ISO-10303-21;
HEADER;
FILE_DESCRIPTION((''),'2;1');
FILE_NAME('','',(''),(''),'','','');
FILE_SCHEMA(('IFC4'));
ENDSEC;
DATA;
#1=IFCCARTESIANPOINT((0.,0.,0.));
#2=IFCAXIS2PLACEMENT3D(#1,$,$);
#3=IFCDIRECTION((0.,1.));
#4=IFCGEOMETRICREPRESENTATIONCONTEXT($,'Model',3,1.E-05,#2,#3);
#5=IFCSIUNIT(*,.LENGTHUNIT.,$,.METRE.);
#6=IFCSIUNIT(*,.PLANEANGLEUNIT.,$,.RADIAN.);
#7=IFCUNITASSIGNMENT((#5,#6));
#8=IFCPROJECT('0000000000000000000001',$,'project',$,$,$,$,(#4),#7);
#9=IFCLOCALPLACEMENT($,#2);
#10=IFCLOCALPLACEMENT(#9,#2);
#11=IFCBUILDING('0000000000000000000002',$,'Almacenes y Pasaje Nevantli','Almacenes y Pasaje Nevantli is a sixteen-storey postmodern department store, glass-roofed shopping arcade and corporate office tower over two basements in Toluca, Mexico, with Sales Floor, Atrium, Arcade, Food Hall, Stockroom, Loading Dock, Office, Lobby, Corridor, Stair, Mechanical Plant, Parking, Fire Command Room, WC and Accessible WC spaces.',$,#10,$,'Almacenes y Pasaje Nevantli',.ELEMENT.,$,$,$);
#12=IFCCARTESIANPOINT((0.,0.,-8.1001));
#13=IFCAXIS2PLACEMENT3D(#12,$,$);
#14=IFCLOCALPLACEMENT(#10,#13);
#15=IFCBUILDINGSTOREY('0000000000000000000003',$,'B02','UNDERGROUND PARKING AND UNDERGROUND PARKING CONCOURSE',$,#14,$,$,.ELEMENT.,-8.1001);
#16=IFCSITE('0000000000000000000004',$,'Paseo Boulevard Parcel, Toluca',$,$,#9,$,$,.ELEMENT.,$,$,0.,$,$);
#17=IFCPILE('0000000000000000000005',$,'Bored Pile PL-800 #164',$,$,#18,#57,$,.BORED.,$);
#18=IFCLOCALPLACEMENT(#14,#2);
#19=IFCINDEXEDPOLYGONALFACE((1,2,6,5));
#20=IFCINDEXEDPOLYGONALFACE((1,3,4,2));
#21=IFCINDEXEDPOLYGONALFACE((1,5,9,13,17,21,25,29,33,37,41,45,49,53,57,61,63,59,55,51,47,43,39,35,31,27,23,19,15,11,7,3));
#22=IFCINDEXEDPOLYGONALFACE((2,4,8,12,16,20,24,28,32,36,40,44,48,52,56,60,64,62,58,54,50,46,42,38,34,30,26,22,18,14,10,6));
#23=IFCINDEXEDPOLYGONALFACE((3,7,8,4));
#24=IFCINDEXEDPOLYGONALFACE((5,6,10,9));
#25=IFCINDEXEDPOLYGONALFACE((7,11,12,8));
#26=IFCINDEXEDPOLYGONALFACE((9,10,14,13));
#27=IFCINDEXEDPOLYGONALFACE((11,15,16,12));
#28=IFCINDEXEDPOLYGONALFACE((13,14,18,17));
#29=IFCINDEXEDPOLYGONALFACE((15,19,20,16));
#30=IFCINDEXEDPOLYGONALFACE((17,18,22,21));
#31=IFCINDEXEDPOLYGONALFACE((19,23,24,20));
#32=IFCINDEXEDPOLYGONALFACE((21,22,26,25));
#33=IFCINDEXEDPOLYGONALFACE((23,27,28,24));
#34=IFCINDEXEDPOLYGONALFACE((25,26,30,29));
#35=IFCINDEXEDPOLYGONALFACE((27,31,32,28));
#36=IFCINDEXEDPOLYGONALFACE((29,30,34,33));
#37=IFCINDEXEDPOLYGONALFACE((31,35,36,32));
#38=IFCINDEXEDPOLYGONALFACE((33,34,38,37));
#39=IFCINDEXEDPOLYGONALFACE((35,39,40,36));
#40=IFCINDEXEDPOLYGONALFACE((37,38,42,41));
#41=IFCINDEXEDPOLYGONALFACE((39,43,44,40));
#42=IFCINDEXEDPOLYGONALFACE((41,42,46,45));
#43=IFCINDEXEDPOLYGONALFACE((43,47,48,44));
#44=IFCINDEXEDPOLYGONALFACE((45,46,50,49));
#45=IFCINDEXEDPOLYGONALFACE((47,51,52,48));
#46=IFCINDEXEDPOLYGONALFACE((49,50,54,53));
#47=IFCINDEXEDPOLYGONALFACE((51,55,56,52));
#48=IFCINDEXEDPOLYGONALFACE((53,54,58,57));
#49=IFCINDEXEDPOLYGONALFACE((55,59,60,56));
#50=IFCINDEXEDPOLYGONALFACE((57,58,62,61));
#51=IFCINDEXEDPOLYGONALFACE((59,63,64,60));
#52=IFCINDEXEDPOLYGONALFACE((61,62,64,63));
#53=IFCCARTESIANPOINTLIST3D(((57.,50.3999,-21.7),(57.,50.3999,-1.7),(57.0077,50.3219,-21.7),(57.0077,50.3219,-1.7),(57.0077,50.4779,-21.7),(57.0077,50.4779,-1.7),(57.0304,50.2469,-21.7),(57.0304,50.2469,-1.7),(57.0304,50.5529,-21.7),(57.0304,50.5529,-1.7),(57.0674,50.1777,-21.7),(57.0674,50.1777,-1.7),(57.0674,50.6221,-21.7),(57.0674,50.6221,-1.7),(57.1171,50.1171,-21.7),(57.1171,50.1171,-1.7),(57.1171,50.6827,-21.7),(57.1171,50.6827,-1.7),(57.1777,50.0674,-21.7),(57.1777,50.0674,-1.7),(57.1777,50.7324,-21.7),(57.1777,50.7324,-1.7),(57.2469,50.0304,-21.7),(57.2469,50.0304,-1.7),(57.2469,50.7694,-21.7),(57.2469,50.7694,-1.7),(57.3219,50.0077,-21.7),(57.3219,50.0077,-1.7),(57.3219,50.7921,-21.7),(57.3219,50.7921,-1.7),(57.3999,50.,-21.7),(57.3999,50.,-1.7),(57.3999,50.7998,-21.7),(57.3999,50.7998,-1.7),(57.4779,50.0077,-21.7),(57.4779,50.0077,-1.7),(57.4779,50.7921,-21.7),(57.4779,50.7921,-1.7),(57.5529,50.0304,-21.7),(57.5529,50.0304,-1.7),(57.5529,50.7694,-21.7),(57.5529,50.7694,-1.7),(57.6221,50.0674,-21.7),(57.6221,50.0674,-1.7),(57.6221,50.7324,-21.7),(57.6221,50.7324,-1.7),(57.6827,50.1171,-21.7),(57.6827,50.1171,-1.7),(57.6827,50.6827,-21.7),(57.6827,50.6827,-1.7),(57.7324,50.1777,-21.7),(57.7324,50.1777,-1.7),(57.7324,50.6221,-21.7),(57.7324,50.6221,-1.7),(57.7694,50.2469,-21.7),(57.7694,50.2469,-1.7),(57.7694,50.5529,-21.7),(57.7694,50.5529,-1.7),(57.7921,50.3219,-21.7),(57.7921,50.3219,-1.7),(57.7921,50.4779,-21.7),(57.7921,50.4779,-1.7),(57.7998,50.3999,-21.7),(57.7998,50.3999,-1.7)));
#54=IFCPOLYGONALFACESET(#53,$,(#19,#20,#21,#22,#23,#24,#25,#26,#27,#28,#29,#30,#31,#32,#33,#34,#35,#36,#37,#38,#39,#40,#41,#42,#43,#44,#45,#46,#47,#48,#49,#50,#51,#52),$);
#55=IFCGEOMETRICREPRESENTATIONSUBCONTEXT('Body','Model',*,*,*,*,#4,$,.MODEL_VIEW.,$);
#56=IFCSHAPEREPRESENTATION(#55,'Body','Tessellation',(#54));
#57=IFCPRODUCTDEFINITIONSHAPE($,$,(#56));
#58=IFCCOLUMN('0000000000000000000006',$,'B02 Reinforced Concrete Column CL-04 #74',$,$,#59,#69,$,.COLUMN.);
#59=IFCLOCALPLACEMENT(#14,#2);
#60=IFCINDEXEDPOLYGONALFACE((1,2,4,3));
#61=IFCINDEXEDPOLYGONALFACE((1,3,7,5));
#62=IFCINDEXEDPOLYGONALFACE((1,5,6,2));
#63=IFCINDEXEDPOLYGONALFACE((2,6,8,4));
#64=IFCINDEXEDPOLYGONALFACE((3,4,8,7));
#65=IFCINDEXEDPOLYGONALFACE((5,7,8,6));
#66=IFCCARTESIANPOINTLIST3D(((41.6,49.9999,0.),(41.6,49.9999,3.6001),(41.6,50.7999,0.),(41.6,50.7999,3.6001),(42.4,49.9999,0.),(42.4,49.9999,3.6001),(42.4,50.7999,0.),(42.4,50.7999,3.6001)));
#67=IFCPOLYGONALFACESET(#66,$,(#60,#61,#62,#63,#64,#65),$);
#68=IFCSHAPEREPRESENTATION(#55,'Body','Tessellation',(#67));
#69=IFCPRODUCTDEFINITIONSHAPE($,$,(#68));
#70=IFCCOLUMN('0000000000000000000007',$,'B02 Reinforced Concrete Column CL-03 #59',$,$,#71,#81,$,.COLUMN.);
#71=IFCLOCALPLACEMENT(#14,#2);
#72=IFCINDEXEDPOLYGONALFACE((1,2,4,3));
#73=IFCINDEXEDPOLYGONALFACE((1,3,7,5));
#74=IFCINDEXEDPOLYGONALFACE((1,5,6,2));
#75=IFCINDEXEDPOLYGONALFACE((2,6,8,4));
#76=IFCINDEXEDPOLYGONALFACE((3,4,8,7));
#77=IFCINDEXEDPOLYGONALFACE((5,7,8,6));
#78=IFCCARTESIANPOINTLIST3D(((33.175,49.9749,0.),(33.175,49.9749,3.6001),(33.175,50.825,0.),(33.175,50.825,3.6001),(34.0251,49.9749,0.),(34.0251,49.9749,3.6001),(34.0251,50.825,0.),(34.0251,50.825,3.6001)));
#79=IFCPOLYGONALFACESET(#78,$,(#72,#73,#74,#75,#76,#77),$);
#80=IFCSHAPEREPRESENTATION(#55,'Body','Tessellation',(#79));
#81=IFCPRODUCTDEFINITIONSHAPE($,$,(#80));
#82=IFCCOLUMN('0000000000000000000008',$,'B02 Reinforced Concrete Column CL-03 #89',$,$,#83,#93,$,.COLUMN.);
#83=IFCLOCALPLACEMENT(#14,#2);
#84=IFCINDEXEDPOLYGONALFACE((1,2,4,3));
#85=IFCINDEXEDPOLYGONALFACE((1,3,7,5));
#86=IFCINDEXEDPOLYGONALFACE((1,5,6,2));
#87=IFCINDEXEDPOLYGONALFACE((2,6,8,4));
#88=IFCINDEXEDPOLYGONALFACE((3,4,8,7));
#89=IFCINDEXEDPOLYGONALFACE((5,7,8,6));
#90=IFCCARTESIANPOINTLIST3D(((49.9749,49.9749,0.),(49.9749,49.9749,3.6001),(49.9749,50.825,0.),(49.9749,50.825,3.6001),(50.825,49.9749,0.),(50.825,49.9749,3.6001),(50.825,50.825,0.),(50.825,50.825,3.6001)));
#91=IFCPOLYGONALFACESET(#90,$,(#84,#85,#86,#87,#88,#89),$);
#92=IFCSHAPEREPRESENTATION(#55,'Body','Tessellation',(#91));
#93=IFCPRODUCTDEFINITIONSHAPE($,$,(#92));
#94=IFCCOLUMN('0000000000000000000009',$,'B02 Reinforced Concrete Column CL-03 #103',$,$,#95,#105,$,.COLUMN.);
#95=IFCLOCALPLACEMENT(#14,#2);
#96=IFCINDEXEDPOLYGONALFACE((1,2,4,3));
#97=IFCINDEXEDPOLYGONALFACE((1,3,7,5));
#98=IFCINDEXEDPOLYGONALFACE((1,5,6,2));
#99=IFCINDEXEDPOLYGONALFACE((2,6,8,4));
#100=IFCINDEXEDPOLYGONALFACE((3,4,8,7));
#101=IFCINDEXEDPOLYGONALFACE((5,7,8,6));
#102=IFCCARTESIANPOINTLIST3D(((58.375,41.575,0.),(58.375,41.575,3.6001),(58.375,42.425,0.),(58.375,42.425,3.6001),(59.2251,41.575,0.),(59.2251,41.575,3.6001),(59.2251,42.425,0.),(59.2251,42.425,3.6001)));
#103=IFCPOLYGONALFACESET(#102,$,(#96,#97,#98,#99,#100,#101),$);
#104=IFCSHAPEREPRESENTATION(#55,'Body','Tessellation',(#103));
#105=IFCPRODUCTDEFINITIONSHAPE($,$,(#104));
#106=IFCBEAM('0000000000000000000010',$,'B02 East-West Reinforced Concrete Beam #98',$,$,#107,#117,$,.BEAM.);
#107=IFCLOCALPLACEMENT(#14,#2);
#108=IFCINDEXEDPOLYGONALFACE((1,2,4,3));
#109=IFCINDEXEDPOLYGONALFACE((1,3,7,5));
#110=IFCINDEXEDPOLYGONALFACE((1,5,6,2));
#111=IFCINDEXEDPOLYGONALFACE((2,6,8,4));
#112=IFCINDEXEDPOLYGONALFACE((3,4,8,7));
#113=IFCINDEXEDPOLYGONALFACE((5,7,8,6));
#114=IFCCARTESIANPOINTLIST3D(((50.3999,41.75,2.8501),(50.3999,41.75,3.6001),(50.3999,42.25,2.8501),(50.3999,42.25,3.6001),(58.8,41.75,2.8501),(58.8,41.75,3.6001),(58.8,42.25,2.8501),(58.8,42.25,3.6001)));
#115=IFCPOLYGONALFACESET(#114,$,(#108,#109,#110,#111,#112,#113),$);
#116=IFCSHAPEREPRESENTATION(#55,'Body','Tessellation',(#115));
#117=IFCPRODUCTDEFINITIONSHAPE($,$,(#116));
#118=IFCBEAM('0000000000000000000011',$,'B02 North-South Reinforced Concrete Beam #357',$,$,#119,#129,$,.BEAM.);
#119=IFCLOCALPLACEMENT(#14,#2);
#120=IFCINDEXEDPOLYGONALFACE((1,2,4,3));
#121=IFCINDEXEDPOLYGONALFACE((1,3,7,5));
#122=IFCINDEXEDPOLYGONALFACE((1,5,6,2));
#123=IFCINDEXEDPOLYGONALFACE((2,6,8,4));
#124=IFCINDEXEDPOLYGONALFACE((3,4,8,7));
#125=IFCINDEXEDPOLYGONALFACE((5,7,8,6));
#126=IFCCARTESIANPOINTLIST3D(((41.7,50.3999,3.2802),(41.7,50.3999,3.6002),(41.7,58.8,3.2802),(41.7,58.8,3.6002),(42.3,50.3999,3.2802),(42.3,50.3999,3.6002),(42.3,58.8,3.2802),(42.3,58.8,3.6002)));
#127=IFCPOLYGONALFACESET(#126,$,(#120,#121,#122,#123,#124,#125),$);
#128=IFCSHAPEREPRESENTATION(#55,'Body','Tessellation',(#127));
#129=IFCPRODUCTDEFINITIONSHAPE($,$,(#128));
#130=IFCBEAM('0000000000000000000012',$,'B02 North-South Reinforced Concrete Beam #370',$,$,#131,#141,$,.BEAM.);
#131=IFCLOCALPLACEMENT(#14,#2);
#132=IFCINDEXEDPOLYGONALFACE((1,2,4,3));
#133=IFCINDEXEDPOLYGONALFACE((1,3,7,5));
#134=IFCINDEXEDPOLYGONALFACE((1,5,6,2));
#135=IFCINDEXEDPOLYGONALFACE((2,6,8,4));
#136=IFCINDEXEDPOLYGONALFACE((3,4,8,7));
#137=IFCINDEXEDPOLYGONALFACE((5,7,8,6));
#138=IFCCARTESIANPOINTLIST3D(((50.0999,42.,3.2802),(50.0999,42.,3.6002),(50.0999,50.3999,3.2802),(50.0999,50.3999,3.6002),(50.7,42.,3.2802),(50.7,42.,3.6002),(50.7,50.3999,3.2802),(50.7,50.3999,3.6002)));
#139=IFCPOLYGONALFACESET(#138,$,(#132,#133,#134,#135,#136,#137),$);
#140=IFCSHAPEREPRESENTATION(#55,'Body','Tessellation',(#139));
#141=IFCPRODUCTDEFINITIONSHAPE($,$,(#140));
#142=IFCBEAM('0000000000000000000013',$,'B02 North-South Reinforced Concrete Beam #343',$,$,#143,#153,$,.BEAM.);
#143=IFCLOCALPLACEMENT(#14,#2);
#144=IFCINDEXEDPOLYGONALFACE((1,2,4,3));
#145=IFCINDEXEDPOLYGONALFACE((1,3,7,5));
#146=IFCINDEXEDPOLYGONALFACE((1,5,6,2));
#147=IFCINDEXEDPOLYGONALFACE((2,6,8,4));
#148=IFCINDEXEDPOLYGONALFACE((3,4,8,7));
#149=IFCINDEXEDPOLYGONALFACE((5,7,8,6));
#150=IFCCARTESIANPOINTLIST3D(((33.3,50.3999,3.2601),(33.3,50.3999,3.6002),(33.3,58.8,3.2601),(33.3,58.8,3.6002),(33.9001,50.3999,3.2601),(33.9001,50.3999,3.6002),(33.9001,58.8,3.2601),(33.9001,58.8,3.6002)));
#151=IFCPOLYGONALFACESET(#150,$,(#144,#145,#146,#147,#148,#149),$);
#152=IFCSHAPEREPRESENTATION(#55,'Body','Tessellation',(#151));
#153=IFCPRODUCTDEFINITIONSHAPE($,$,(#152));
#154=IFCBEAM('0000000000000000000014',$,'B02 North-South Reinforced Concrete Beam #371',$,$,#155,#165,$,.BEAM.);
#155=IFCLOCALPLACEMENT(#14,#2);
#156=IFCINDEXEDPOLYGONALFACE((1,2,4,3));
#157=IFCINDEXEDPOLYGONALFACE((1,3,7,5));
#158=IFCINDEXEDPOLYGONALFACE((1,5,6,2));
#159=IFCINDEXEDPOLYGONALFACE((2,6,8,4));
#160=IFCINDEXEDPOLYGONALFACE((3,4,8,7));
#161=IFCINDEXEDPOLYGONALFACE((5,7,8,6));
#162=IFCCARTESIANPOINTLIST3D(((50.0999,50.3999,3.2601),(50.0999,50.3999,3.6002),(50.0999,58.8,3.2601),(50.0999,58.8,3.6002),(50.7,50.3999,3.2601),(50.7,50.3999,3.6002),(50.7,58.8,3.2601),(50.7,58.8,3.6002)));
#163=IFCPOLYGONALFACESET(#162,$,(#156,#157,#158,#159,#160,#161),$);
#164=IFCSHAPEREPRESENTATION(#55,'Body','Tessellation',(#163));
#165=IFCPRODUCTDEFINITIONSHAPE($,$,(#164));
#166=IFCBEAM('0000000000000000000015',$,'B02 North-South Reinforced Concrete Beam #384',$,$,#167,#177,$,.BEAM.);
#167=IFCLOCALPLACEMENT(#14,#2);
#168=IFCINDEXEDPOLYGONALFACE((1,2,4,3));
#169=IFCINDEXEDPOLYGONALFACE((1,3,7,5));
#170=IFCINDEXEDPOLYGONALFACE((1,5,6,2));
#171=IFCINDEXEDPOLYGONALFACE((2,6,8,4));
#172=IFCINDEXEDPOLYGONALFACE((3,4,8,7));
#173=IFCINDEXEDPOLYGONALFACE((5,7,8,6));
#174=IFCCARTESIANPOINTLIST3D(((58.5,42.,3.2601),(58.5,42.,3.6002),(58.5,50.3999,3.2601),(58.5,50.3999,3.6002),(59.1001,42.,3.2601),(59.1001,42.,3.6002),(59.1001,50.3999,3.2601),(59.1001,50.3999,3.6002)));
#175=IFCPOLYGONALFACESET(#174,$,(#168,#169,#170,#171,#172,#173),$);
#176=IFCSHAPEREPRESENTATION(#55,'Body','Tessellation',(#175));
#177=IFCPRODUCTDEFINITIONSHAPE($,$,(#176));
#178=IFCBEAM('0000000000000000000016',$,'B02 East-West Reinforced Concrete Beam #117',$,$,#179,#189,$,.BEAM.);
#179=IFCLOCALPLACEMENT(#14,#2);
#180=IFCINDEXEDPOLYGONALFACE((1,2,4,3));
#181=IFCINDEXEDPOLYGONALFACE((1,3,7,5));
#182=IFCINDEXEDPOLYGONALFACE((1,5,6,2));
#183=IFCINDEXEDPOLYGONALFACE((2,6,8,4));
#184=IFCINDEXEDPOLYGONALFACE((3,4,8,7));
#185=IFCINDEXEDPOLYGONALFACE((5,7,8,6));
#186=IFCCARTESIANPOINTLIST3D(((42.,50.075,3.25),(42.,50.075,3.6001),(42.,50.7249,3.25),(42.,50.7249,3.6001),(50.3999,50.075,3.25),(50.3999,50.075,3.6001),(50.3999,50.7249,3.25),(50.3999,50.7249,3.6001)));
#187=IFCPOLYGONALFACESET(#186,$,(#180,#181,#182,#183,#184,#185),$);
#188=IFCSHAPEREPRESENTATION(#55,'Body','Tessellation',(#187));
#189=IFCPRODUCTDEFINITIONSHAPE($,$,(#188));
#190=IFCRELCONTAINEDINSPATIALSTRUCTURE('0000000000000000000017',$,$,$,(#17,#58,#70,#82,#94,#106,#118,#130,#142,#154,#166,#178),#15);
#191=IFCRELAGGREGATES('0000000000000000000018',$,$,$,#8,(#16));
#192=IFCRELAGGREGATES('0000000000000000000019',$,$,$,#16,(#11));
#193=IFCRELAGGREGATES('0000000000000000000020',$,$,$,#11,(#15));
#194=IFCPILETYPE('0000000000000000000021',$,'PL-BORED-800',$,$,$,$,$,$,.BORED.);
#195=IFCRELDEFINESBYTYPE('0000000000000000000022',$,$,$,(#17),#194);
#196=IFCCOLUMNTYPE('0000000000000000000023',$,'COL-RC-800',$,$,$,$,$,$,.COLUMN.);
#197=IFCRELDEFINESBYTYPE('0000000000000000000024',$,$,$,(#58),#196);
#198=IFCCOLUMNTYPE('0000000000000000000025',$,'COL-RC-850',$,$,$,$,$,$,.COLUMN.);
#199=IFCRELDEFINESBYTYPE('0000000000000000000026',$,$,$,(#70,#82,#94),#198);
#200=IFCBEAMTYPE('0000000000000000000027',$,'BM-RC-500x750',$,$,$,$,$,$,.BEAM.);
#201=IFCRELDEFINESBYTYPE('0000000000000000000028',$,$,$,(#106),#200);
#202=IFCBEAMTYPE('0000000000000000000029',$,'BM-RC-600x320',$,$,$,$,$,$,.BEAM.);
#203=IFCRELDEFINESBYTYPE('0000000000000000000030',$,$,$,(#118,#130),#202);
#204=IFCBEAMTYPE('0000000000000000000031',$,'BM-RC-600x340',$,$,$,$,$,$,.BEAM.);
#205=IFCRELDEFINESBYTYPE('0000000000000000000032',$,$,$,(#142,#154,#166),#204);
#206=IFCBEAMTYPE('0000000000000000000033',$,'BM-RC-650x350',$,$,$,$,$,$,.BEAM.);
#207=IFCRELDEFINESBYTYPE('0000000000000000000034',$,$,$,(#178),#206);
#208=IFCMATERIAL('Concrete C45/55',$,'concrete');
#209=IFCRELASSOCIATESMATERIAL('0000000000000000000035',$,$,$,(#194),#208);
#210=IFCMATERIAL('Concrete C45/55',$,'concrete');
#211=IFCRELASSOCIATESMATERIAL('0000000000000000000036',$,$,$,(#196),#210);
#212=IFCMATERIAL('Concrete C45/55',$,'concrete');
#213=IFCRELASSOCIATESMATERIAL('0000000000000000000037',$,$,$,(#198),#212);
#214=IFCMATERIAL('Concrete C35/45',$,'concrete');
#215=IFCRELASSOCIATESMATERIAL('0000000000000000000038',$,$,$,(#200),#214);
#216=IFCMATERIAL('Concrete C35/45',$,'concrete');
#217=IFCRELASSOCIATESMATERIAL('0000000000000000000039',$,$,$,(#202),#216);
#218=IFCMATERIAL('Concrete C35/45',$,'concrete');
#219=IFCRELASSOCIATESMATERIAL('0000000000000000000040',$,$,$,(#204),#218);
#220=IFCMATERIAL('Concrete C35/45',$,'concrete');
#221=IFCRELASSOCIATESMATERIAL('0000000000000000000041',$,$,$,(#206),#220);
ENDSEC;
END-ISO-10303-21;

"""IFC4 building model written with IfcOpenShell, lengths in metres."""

from ifc_helpers import new_model, si_unit, direction, frame, origin, origin_2d, place, context, subcontext, project, spatial, rectangle, circle, extrude, material, material_profile, profile_set, type_object, element, save


model = new_model("IFC4")

# Units and contexts
model_context = context("Model", 3, precision=1e-05, world=origin(), true_north=direction((0.0, 1.0)))
body_context = subcontext(model_context, "Body", "Model", "MODEL_VIEW")
ifc_project = project(units=[si_unit("LENGTHUNIT", "METRE"), si_unit("PLANEANGLEUNIT", "RADIAN")], contexts=[model_context])

# Site, building, storey
site_placement = place(None, origin())
site = spatial("IfcSite", under=ifc_project, at=site_placement, Name="Paseo Boulevard Parcel, Toluca", CompositionType="ELEMENT", RefElevation=0.0)
building_placement = place(site_placement, origin())
building = spatial("IfcBuilding", under=site, at=building_placement, Name="Almacenes y Pasaje Nevantli", Description="Almacenes y Pasaje Nevantli is a sixteen-storey postmodern department store, glass-roofed shopping arcade and corporate office tower over two basements in Toluca, Mexico, with Sales Floor, Atrium, Arcade, Food Hall, Stockroom, Loading Dock, Office, Lobby, Corridor, Stair, Mechanical Plant, Parking, Fire Command Room, WC and Accessible WC spaces.", LongName="Almacenes y Pasaje Nevantli", CompositionType="ELEMENT")
storey_placement = place(building_placement, frame((0.0, 0.0, -8.1001)))
storey = spatial("IfcBuildingStorey", under=building, at=storey_placement, Name="B02", Description="UNDERGROUND PARKING AND UNDERGROUND PARKING CONCOURSE", CompositionType="ELEMENT", Elevation=-8.1001)

# Pile
ifc_material_1 = material(Name="Concrete C45/55", Category="concrete")
ifc_material_profile_1 = material_profile(ifc_material_1, circle(Radius=0.3999, at=origin_2d()), Name="RC-PILE-D800")
ifc_profile_set_1 = profile_set([ifc_material_profile_1], Name="Concrete C45/55")
pile_type_1 = type_object("IfcPileType", Name="PL-BORED-800", PredefinedType="BORED", material=ifc_profile_set_1)
for number, where, z_axis, x_axis, name in (
    (1, (57.3999, 50.3999, -1.7), (0.0, 0.0, -1.0), (1.0, 0.0, 0.0), "Bored Pile PL-800 #164"),
):
    element("IfcPile", number, at=place(storey_placement, frame(where, z_axis=z_axis, x_axis=x_axis)), inside=storey, type_object=pile_type_1, Name=name, PredefinedType="BORED", context=body_context, shape_type="SweptSolid", body=[
        extrude(circle(Radius=0.3999, at=origin_2d()), origin(), (0.0, 0.0, 1.0), 20.0),
    ])

# Columns
ifc_material_2 = material(Name="Concrete C45/55", Category="concrete")
ifc_material_profile_2 = material_profile(ifc_material_2, rectangle(XDim=0.8, YDim=0.8, at=origin_2d()), Name="RC-COL-800x800")
ifc_profile_set_2 = profile_set([ifc_material_profile_2], Name="Concrete C45/55")
column_type_1 = type_object("IfcColumnType", Name="COL-RC-800", PredefinedType="COLUMN", material=ifc_profile_set_2)
column_placement = place(storey_placement, frame((42.0, 50.3999, 0.0), z_axis=(0.0, 0.0, 1.0), x_axis=(1.0, 0.0, 0.0)))
element("IfcColumn", 2, at=column_placement, inside=storey, type_object=column_type_1, Name="B02 Reinforced Concrete Column CL-04 #74", PredefinedType="COLUMN", context=body_context, shape_type="SweptSolid", body=[
    extrude(rectangle(XDim=0.8, YDim=0.8, at=origin_2d()), origin(), (0.0, 0.0, 1.0), 3.6001),
])
ifc_material_3 = material(Name="Concrete C45/55", Category="concrete")
ifc_material_profile_3 = material_profile(ifc_material_3, rectangle(XDim=0.8501, YDim=0.8501, at=origin_2d()), Name="RC-COL-850x850")
ifc_profile_set_3 = profile_set([ifc_material_profile_3], Name="Concrete C45/55")
column_type_2 = type_object("IfcColumnType", Name="COL-RC-850", PredefinedType="COLUMN", material=ifc_profile_set_3)
for number, where, z_axis, x_axis, name in (
    (3, (33.6001, 50.3999, 0.0), (0.0, 0.0, 1.0), (1.0, 0.0, 0.0), "B02 Reinforced Concrete Column CL-03 #59"),
    (4, (50.3999, 50.3999, 0.0), (0.0, 0.0, 1.0), (1.0, 0.0, 0.0), "B02 Reinforced Concrete Column CL-03 #89"),
    (5, (58.8, 42.0, 0.0), (0.0, 0.0, 1.0), (1.0, 0.0, 0.0), "B02 Reinforced Concrete Column CL-03 #103"),
):
    element("IfcColumn", number, at=place(storey_placement, frame(where, z_axis=z_axis, x_axis=x_axis)), inside=storey, type_object=column_type_2, Name=name, PredefinedType="COLUMN", context=body_context, shape_type="SweptSolid", body=[
        extrude(rectangle(XDim=0.8501, YDim=0.8501, at=origin_2d()), origin(), (0.0, 0.0, 1.0), 3.6001),
    ])

# Beams
ifc_material_4 = material(Name="Concrete C35/45", Category="concrete")
ifc_material_profile_4 = material_profile(ifc_material_4, rectangle(XDim=0.5, YDim=0.75, at=origin_2d()), Name="RC-BM-500x750")
ifc_profile_set_4 = profile_set([ifc_material_profile_4], Name="Concrete C35/45")
beam_type_1 = type_object("IfcBeamType", Name="BM-RC-500x750", PredefinedType="BEAM", material=ifc_profile_set_4)
beam_1_placement = place(storey_placement, frame((50.3999, 42.0, 3.2251), z_axis=(1.0, 0.0, 0.0), x_axis=(0.0, 1.0, 0.0)))
element("IfcBeam", 6, at=beam_1_placement, inside=storey, type_object=beam_type_1, Name="B02 East-West Reinforced Concrete Beam #98", PredefinedType="BEAM", context=body_context, shape_type="SweptSolid", body=[
    extrude(rectangle(XDim=0.5, YDim=0.75, at=origin_2d()), origin(), (0.0, 0.0, 1.0), 8.4001),
])
ifc_material_5 = material(Name="Concrete C35/45", Category="concrete")
ifc_material_profile_5 = material_profile(ifc_material_5, rectangle(XDim=0.6001, YDim=0.3201, at=origin_2d()), Name="RC-BM-600x320")
ifc_profile_set_5 = profile_set([ifc_material_profile_5], Name="Concrete C35/45")
beam_type_2 = type_object("IfcBeamType", Name="BM-RC-600x320", PredefinedType="BEAM", material=ifc_profile_set_5)
beam_2_placement = place(storey_placement, frame((42.0, 50.3999, 3.4402), z_axis=(0.0, 1.0, 0.0), x_axis=(-1.0, 0.0, 0.0)))
element("IfcBeam", 7, at=beam_2_placement, inside=storey, type_object=beam_type_2, Name="B02 North-South Reinforced Concrete Beam #357", PredefinedType="BEAM", context=body_context, shape_type="SweptSolid", body=[
    extrude(rectangle(XDim=0.6001, YDim=0.3201, at=origin_2d()), origin(), (0.0, 0.0, 1.0), 8.4001),
])
beam_3_placement = place(storey_placement, frame((50.3999, 42.0, 3.4402), z_axis=(0.0, 1.0, 0.0), x_axis=(-1.0, 0.0, 0.0)))
element("IfcBeam", 8, at=beam_3_placement, inside=storey, type_object=beam_type_2, Name="B02 North-South Reinforced Concrete Beam #370", PredefinedType="BEAM", context=body_context, shape_type="SweptSolid", body=[
    extrude(rectangle(XDim=0.6001, YDim=0.3201, at=origin_2d()), origin(), (0.0, 0.0, 1.0), 8.3999),
])
ifc_material_6 = material(Name="Concrete C35/45", Category="concrete")
ifc_material_profile_6 = material_profile(ifc_material_6, rectangle(XDim=0.6001, YDim=0.3401, at=origin_2d()), Name="RC-BM-600x340")
ifc_profile_set_6 = profile_set([ifc_material_profile_6], Name="Concrete C35/45")
beam_type_3 = type_object("IfcBeamType", Name="BM-RC-600x340", PredefinedType="BEAM", material=ifc_profile_set_6)
for number, where, z_axis, x_axis, name in (
    (9, (33.6001, 50.3999, 3.4302), (0.0, 1.0, 0.0), (-1.0, 0.0, 0.0), "B02 North-South Reinforced Concrete Beam #343"),
    (10, (50.3999, 50.3999, 3.4302), (0.0, 1.0, 0.0), (-1.0, 0.0, 0.0), "B02 North-South Reinforced Concrete Beam #371"),
):
    element("IfcBeam", number, at=place(storey_placement, frame(where, z_axis=z_axis, x_axis=x_axis)), inside=storey, type_object=beam_type_3, Name=name, PredefinedType="BEAM", context=body_context, shape_type="SweptSolid", body=[
        extrude(rectangle(XDim=0.6001, YDim=0.3401, at=origin_2d()), origin(), (0.0, 0.0, 1.0), 8.4001),
    ])
beam_4_placement = place(storey_placement, frame((58.8, 42.0, 3.4302), z_axis=(0.0, 1.0, 0.0), x_axis=(-1.0, 0.0, 0.0)))
element("IfcBeam", 11, at=beam_4_placement, inside=storey, type_object=beam_type_3, Name="B02 North-South Reinforced Concrete Beam #384", PredefinedType="BEAM", context=body_context, shape_type="SweptSolid", body=[
    extrude(rectangle(XDim=0.6001, YDim=0.3401, at=origin_2d()), origin(), (0.0, 0.0, 1.0), 8.3999),
])
ifc_material_7 = material(Name="Concrete C35/45", Category="concrete")
ifc_material_profile_7 = material_profile(ifc_material_7, rectangle(XDim=0.6499, YDim=0.3501, at=origin_2d()), Name="RC-BM-650x350")
ifc_profile_set_7 = profile_set([ifc_material_profile_7], Name="Concrete C35/45")
beam_type_4 = type_object("IfcBeamType", Name="BM-RC-650x350", PredefinedType="BEAM", material=ifc_profile_set_7)
beam_5_placement = place(storey_placement, frame((42.0, 50.3999, 3.425), z_axis=(1.0, 0.0, 0.0), x_axis=(0.0, 1.0, 0.0)))
element("IfcBeam", 12, at=beam_5_placement, inside=storey, type_object=beam_type_4, Name="B02 East-West Reinforced Concrete Beam #117", PredefinedType="BEAM", context=body_context, shape_type="SweptSolid", body=[
    extrude(rectangle(XDim=0.6499, YDim=0.3501, at=origin_2d()), origin(), (0.0, 0.0, 1.0), 8.3999),
])

save(model, "model.ifc")
